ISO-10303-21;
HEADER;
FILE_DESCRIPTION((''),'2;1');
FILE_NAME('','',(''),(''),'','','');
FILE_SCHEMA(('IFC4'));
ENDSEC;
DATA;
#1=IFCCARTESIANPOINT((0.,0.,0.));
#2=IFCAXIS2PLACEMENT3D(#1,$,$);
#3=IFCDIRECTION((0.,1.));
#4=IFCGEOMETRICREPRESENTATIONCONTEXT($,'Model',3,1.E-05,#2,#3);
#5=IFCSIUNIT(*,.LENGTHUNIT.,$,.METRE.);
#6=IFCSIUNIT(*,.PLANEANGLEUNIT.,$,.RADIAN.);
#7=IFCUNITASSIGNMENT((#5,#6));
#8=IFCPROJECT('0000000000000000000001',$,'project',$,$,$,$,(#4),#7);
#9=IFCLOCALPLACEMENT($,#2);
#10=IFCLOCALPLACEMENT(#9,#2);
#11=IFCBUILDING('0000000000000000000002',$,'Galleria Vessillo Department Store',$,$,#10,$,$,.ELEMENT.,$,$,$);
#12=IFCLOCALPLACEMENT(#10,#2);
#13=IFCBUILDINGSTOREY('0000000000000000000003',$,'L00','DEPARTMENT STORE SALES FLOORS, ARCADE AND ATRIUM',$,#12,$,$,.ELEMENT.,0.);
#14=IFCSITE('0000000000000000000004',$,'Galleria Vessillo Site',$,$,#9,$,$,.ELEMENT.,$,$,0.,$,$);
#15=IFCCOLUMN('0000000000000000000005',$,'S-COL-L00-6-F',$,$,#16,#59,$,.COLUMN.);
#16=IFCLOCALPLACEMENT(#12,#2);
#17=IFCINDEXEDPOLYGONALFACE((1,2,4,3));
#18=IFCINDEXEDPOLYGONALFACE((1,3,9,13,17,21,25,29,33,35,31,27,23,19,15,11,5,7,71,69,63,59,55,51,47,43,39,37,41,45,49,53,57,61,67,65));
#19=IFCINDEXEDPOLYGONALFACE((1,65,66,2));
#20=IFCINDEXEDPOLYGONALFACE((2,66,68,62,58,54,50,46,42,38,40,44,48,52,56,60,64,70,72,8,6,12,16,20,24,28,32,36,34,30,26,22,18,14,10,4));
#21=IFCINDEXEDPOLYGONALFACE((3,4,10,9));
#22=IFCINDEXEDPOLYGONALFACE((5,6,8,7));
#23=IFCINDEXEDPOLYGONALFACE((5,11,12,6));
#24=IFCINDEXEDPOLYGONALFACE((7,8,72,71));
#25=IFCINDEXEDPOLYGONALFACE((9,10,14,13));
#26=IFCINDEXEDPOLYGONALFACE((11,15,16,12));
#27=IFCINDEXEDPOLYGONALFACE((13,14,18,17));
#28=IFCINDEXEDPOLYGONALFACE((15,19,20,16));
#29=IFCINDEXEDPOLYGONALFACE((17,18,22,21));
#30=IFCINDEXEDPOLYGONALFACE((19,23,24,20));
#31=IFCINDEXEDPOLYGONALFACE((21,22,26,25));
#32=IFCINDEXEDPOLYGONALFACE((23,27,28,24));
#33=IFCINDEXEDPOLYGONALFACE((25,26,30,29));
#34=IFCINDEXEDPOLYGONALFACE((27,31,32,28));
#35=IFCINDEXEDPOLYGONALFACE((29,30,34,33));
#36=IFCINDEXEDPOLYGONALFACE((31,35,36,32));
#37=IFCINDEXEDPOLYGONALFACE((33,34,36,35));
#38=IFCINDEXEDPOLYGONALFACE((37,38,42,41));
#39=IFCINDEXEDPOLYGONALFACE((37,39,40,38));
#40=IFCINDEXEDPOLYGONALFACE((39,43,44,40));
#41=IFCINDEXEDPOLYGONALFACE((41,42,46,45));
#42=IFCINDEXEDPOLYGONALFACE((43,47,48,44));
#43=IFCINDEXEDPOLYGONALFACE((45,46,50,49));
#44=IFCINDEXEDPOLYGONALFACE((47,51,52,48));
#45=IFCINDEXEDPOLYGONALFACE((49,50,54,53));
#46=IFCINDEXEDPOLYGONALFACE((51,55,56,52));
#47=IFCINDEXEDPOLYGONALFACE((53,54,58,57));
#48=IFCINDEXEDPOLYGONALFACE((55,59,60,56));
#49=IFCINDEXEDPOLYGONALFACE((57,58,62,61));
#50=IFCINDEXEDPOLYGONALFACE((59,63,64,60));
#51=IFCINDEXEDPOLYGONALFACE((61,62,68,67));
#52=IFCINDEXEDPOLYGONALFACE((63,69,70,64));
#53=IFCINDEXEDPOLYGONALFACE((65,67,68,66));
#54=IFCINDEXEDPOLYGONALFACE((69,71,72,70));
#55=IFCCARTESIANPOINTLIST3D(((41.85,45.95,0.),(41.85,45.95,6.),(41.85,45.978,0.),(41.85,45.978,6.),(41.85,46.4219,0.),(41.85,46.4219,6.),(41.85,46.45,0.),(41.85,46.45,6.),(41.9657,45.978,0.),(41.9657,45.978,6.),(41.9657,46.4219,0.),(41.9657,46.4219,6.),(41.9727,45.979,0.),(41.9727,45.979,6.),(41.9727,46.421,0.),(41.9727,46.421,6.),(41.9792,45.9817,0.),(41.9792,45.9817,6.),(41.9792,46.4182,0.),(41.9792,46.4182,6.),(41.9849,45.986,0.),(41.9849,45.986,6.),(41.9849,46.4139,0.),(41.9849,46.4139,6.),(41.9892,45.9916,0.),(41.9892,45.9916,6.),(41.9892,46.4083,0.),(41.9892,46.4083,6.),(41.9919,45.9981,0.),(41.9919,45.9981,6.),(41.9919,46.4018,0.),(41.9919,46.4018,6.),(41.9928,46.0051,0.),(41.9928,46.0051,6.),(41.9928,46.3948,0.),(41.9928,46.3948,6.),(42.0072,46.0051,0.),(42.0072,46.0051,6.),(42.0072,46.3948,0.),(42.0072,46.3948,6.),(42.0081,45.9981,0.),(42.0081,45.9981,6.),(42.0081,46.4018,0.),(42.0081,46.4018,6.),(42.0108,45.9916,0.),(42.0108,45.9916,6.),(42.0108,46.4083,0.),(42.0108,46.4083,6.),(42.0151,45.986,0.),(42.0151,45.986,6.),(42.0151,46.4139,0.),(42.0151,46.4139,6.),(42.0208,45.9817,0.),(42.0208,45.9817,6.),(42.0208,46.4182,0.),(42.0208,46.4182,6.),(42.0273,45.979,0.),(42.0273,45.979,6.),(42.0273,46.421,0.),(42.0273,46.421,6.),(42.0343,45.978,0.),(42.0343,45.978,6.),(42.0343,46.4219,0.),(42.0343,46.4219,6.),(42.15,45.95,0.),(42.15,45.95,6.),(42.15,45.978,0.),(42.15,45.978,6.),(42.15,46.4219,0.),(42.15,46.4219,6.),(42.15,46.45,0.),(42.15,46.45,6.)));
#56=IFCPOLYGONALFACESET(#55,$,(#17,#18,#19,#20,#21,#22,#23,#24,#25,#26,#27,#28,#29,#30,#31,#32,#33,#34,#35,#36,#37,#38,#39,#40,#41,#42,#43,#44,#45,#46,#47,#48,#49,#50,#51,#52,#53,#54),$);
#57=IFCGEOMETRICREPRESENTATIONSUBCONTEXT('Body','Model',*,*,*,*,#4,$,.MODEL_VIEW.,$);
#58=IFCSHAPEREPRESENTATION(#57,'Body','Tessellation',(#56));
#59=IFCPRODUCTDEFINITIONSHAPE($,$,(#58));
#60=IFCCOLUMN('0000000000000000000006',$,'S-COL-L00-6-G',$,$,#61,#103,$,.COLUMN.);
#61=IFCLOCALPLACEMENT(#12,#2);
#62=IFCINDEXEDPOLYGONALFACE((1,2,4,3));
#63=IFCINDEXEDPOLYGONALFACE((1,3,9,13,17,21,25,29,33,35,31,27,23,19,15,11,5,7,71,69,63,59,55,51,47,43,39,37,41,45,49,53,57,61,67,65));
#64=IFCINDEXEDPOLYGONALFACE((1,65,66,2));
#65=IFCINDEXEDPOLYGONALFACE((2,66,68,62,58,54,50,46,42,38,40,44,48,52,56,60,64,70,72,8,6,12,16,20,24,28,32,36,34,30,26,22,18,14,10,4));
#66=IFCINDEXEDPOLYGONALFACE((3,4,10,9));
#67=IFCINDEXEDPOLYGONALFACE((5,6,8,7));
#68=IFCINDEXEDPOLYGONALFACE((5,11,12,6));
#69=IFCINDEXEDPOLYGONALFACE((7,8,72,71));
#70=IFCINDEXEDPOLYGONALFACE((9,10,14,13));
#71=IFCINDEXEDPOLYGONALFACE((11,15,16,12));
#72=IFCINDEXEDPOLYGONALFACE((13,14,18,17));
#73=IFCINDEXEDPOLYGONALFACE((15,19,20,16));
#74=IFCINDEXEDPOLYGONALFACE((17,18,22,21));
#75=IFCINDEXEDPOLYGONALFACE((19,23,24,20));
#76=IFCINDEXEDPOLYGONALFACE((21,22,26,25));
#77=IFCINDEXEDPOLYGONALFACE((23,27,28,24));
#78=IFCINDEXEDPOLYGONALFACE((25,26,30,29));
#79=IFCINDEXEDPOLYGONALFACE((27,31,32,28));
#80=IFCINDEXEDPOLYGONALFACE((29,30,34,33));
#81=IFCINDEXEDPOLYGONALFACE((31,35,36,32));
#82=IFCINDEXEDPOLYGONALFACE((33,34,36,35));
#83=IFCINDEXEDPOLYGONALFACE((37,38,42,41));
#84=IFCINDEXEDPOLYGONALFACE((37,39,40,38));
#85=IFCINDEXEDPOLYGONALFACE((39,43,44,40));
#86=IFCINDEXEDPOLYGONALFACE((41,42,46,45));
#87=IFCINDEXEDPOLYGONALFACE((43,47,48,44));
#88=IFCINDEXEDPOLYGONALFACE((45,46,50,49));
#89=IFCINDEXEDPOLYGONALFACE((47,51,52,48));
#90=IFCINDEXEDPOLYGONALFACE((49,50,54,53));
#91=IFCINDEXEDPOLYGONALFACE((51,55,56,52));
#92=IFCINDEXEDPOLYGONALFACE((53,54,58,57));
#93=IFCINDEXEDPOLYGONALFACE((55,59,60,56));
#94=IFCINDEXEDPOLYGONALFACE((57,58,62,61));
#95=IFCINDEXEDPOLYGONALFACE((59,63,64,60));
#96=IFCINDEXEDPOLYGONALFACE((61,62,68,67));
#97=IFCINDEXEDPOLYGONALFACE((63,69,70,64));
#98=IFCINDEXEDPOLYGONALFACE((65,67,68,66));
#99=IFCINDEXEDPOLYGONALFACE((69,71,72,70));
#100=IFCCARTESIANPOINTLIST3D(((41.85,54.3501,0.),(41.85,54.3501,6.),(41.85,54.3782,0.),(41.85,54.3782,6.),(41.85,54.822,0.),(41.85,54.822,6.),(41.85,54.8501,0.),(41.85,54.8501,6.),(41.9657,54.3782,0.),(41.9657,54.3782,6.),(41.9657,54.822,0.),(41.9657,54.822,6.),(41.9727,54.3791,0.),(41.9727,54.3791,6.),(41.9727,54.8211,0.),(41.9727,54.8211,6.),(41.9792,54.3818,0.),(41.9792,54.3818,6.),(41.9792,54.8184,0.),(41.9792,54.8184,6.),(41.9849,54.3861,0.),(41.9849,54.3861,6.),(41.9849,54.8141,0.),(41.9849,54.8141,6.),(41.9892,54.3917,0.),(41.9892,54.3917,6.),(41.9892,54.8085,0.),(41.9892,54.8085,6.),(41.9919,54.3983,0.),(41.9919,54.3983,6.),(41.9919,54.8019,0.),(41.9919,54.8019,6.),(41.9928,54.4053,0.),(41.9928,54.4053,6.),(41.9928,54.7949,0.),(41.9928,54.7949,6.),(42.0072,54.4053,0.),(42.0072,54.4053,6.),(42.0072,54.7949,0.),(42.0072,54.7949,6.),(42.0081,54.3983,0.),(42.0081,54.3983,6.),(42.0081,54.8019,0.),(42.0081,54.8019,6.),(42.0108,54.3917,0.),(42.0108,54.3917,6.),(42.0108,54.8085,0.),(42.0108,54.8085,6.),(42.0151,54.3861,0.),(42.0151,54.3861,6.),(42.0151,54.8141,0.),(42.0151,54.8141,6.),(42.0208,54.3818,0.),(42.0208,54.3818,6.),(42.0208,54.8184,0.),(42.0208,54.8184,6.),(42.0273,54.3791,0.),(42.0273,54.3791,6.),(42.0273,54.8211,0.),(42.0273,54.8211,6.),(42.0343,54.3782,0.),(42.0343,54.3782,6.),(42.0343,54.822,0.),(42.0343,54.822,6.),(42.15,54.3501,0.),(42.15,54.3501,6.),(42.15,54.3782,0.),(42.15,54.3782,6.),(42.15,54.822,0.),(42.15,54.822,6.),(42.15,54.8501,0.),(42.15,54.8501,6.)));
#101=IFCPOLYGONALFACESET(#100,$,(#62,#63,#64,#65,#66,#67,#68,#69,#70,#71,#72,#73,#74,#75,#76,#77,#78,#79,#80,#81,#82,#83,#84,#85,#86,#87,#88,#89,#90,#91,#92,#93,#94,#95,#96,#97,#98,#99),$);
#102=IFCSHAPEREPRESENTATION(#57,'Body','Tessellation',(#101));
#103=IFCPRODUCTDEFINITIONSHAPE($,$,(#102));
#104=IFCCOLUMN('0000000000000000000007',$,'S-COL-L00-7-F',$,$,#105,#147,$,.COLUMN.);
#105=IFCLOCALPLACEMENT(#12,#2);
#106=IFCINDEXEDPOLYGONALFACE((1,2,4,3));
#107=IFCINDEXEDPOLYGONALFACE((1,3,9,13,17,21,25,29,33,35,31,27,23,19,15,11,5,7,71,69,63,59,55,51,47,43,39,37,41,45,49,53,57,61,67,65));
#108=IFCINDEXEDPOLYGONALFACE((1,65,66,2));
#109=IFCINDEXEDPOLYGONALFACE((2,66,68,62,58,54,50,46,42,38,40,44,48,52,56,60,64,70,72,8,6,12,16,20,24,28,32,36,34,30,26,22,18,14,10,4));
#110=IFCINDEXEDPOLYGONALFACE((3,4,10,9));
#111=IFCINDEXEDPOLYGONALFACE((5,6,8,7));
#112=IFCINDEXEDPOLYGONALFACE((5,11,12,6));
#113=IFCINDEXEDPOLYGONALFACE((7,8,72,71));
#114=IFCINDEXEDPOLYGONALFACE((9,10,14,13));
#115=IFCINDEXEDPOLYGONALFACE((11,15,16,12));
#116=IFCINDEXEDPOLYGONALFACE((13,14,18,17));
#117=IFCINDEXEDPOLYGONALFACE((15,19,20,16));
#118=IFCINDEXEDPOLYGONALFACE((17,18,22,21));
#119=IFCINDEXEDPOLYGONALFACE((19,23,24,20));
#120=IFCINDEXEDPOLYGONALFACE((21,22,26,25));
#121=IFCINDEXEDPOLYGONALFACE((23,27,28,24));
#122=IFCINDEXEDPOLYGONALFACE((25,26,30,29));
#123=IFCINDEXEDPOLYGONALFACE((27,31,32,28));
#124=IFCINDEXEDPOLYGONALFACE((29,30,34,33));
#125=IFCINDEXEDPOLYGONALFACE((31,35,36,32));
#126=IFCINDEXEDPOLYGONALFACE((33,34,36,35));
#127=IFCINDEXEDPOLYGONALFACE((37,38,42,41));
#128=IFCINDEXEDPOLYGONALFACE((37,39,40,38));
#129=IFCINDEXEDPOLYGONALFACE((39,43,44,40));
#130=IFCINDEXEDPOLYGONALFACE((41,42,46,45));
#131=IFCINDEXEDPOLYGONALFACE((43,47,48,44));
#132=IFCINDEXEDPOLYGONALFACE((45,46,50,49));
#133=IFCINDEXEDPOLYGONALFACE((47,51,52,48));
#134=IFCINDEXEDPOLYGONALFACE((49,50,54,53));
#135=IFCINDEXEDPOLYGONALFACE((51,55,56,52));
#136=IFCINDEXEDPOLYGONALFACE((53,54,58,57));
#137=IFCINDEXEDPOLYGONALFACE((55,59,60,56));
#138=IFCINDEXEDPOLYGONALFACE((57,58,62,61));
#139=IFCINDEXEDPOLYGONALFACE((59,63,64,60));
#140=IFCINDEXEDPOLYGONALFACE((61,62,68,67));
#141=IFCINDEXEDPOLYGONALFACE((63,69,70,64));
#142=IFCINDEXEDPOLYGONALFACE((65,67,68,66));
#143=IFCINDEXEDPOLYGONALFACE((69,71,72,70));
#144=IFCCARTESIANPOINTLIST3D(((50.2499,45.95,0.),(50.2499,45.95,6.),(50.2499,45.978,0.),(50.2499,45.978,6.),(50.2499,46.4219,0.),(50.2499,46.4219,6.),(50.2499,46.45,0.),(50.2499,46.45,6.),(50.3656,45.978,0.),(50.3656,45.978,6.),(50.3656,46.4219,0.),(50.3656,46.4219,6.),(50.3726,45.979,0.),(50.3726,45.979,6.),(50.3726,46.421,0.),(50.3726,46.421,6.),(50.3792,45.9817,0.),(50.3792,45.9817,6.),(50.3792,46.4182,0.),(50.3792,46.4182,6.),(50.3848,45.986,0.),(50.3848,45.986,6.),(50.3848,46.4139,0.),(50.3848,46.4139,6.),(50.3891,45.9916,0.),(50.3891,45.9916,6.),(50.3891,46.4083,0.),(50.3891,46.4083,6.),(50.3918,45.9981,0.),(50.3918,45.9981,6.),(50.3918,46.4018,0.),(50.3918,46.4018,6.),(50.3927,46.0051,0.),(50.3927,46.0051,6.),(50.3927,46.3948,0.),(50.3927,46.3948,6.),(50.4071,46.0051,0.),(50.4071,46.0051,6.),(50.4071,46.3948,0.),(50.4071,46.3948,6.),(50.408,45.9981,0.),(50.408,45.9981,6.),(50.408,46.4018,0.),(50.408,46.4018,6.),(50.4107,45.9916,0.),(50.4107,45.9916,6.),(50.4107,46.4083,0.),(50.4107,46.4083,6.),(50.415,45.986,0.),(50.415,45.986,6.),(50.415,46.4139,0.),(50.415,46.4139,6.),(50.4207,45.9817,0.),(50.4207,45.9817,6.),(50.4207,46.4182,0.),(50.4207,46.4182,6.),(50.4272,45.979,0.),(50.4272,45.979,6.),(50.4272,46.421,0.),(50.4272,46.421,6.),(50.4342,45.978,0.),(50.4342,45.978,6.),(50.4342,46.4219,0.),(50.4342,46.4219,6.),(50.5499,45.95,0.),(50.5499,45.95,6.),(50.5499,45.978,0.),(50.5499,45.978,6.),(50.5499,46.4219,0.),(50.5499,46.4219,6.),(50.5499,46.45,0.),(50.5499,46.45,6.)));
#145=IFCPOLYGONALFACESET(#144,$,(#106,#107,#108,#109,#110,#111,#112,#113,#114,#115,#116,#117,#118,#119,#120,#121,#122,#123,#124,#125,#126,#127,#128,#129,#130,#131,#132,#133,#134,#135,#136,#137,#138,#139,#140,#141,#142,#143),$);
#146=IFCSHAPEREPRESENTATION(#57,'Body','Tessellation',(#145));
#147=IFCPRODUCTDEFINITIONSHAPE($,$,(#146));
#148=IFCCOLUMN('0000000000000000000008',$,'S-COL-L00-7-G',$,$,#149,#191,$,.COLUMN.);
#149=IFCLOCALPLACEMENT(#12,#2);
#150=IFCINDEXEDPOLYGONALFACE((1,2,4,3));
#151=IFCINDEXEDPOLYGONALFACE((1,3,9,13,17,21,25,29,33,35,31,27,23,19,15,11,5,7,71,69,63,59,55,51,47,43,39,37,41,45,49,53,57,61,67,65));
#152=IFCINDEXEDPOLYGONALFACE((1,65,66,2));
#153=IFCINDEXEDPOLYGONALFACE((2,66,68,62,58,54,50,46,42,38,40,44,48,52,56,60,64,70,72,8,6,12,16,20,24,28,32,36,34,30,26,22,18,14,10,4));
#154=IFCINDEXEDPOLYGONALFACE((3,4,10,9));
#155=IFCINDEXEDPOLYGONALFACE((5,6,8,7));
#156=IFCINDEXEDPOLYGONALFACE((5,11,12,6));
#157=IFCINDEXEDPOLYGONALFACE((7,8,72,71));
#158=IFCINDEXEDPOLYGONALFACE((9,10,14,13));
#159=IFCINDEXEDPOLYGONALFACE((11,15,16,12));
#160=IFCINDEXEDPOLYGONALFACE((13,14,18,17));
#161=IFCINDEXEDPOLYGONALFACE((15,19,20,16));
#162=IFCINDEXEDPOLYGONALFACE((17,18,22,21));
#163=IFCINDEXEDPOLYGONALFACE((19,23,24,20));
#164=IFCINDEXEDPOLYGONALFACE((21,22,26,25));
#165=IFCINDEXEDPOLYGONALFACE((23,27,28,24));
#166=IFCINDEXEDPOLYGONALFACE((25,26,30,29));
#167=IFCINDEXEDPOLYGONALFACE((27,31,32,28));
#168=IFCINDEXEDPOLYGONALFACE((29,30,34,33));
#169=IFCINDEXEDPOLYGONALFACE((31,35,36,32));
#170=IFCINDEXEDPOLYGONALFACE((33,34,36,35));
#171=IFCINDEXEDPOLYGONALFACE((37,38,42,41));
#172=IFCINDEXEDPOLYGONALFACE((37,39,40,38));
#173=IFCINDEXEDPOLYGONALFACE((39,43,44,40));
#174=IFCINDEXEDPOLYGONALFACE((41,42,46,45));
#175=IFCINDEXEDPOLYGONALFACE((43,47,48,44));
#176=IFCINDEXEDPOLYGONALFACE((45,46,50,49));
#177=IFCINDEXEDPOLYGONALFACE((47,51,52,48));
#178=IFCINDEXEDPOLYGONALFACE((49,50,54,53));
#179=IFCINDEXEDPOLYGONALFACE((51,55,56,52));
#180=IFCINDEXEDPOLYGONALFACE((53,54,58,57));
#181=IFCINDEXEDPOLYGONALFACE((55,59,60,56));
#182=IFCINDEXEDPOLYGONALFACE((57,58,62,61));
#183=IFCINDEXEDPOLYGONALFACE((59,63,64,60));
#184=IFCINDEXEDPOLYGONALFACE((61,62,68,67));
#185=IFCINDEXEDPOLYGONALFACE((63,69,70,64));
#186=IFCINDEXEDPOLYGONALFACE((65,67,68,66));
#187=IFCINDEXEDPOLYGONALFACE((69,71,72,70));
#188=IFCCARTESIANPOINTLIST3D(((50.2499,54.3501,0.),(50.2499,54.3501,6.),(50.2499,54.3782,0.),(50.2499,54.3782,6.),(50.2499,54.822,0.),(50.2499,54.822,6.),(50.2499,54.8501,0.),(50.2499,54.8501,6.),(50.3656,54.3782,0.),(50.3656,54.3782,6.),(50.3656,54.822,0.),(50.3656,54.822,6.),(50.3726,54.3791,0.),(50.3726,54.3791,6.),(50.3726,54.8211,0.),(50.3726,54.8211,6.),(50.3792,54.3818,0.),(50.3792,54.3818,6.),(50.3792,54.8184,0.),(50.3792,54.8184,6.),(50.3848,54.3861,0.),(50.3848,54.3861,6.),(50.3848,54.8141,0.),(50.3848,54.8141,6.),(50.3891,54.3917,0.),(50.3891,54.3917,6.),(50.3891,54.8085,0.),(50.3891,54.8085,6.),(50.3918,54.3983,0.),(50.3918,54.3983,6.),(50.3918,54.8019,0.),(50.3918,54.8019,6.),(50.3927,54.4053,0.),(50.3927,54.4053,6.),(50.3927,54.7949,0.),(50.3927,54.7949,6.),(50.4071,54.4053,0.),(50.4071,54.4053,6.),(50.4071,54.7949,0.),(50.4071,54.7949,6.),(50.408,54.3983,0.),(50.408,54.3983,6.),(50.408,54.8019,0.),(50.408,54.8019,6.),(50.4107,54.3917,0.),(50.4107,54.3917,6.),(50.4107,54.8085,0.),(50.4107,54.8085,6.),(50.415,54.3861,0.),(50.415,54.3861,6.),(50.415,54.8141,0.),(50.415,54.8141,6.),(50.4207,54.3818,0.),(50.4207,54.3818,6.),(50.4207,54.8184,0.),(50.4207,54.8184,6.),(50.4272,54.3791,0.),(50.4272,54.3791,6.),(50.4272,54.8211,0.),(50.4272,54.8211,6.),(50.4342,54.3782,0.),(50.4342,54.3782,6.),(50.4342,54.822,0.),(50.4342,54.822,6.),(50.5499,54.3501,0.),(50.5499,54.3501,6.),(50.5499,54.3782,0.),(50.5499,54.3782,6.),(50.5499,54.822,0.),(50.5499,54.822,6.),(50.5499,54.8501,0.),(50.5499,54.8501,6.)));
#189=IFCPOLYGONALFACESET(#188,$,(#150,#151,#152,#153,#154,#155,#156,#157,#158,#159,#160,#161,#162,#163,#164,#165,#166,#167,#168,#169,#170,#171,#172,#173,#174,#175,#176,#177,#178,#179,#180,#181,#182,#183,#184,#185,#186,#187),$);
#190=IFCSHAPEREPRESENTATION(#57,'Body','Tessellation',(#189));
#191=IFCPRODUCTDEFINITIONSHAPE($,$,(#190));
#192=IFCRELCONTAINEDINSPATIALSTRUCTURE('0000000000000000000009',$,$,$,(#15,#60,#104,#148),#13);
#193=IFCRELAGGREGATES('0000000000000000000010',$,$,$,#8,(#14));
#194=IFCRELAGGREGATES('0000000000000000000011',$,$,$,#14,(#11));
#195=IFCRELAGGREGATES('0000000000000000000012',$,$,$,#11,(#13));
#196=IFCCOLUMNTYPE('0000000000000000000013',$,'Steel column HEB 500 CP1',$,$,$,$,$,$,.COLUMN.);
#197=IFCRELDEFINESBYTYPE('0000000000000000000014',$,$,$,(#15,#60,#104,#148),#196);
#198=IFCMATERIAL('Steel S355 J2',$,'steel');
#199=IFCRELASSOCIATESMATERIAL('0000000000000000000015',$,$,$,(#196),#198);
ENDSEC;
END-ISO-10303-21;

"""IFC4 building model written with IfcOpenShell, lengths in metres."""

from ifc_helpers import new_model, si_unit, direction, frame, origin, origin_2d, place, context, subcontext, project, spatial, i_section, extrude, material, material_profile, profile_set, type_object, element, save


model = new_model("IFC4")

# Units and contexts
model_context = context("Model", 3, precision=1e-05, world=origin(), true_north=direction((0.0, 1.0)))
body_context = subcontext(model_context, "Body", "Model", "MODEL_VIEW")
ifc_project = project(units=[si_unit("LENGTHUNIT", "METRE"), si_unit("PLANEANGLEUNIT", "RADIAN")], contexts=[model_context])

# Site, building, storey
site_placement = place(None, origin())
site = spatial("IfcSite", under=ifc_project, at=site_placement, Name="Galleria Vessillo Site", CompositionType="ELEMENT", RefElevation=0.0)
building_placement = place(site_placement, origin())
building = spatial("IfcBuilding", under=site, at=building_placement, Name="Galleria Vessillo Department Store", CompositionType="ELEMENT")
storey_placement = place(building_placement, origin())
storey = spatial("IfcBuildingStorey", under=building, at=storey_placement, Name="L00", Description="DEPARTMENT STORE SALES FLOORS, ARCADE AND ATRIUM", CompositionType="ELEMENT", Elevation=0.0)

# Columns
ifc_material_1 = material(Name="Steel S355 J2", Category="steel")
ifc_material_profile_1 = material_profile(ifc_material_1, i_section(OverallWidth=0.3, OverallDepth=0.5, WebThickness=0.0144, FlangeThickness=0.0281, FilletRadius=0.0271, at=origin_2d()), Name="HEB 500")
ifc_profile_set_1 = profile_set([ifc_material_profile_1], Name="Steel S355 J2")
column_type = type_object("IfcColumnType", Name="Steel column HEB 500 CP1", PredefinedType="COLUMN", material=ifc_profile_set_1)
for number, where, z_axis, x_axis, name in (
    (1, (42.0, 46.2, 0.0), (0.0, 0.0, 1.0), (1.0, 0.0, 0.0), "S-COL-L00-6-F"),
    (2, (42.0, 54.6001, 0.0), (0.0, 0.0, 1.0), (1.0, 0.0, 0.0), "S-COL-L00-6-G"),
    (3, (50.3999, 46.2, 0.0), (0.0, 0.0, 1.0), (1.0, 0.0, 0.0), "S-COL-L00-7-F"),
    (4, (50.3999, 54.6001, 0.0), (0.0, 0.0, 1.0), (1.0, 0.0, 0.0), "S-COL-L00-7-G"),
):
    element("IfcColumn", number, at=place(storey_placement, frame(where, z_axis=z_axis, x_axis=x_axis)), inside=storey, type_object=column_type, Name=name, PredefinedType="COLUMN", context=body_context, shape_type="SweptSolid", body=[
        extrude(i_section(OverallWidth=0.3, OverallDepth=0.5, WebThickness=0.0144, FlangeThickness=0.0281, FilletRadius=0.0271, at=origin_2d()), origin(), (0.0, 0.0, 1.0), 6.0),
    ])

save(model, "model.ifc")
